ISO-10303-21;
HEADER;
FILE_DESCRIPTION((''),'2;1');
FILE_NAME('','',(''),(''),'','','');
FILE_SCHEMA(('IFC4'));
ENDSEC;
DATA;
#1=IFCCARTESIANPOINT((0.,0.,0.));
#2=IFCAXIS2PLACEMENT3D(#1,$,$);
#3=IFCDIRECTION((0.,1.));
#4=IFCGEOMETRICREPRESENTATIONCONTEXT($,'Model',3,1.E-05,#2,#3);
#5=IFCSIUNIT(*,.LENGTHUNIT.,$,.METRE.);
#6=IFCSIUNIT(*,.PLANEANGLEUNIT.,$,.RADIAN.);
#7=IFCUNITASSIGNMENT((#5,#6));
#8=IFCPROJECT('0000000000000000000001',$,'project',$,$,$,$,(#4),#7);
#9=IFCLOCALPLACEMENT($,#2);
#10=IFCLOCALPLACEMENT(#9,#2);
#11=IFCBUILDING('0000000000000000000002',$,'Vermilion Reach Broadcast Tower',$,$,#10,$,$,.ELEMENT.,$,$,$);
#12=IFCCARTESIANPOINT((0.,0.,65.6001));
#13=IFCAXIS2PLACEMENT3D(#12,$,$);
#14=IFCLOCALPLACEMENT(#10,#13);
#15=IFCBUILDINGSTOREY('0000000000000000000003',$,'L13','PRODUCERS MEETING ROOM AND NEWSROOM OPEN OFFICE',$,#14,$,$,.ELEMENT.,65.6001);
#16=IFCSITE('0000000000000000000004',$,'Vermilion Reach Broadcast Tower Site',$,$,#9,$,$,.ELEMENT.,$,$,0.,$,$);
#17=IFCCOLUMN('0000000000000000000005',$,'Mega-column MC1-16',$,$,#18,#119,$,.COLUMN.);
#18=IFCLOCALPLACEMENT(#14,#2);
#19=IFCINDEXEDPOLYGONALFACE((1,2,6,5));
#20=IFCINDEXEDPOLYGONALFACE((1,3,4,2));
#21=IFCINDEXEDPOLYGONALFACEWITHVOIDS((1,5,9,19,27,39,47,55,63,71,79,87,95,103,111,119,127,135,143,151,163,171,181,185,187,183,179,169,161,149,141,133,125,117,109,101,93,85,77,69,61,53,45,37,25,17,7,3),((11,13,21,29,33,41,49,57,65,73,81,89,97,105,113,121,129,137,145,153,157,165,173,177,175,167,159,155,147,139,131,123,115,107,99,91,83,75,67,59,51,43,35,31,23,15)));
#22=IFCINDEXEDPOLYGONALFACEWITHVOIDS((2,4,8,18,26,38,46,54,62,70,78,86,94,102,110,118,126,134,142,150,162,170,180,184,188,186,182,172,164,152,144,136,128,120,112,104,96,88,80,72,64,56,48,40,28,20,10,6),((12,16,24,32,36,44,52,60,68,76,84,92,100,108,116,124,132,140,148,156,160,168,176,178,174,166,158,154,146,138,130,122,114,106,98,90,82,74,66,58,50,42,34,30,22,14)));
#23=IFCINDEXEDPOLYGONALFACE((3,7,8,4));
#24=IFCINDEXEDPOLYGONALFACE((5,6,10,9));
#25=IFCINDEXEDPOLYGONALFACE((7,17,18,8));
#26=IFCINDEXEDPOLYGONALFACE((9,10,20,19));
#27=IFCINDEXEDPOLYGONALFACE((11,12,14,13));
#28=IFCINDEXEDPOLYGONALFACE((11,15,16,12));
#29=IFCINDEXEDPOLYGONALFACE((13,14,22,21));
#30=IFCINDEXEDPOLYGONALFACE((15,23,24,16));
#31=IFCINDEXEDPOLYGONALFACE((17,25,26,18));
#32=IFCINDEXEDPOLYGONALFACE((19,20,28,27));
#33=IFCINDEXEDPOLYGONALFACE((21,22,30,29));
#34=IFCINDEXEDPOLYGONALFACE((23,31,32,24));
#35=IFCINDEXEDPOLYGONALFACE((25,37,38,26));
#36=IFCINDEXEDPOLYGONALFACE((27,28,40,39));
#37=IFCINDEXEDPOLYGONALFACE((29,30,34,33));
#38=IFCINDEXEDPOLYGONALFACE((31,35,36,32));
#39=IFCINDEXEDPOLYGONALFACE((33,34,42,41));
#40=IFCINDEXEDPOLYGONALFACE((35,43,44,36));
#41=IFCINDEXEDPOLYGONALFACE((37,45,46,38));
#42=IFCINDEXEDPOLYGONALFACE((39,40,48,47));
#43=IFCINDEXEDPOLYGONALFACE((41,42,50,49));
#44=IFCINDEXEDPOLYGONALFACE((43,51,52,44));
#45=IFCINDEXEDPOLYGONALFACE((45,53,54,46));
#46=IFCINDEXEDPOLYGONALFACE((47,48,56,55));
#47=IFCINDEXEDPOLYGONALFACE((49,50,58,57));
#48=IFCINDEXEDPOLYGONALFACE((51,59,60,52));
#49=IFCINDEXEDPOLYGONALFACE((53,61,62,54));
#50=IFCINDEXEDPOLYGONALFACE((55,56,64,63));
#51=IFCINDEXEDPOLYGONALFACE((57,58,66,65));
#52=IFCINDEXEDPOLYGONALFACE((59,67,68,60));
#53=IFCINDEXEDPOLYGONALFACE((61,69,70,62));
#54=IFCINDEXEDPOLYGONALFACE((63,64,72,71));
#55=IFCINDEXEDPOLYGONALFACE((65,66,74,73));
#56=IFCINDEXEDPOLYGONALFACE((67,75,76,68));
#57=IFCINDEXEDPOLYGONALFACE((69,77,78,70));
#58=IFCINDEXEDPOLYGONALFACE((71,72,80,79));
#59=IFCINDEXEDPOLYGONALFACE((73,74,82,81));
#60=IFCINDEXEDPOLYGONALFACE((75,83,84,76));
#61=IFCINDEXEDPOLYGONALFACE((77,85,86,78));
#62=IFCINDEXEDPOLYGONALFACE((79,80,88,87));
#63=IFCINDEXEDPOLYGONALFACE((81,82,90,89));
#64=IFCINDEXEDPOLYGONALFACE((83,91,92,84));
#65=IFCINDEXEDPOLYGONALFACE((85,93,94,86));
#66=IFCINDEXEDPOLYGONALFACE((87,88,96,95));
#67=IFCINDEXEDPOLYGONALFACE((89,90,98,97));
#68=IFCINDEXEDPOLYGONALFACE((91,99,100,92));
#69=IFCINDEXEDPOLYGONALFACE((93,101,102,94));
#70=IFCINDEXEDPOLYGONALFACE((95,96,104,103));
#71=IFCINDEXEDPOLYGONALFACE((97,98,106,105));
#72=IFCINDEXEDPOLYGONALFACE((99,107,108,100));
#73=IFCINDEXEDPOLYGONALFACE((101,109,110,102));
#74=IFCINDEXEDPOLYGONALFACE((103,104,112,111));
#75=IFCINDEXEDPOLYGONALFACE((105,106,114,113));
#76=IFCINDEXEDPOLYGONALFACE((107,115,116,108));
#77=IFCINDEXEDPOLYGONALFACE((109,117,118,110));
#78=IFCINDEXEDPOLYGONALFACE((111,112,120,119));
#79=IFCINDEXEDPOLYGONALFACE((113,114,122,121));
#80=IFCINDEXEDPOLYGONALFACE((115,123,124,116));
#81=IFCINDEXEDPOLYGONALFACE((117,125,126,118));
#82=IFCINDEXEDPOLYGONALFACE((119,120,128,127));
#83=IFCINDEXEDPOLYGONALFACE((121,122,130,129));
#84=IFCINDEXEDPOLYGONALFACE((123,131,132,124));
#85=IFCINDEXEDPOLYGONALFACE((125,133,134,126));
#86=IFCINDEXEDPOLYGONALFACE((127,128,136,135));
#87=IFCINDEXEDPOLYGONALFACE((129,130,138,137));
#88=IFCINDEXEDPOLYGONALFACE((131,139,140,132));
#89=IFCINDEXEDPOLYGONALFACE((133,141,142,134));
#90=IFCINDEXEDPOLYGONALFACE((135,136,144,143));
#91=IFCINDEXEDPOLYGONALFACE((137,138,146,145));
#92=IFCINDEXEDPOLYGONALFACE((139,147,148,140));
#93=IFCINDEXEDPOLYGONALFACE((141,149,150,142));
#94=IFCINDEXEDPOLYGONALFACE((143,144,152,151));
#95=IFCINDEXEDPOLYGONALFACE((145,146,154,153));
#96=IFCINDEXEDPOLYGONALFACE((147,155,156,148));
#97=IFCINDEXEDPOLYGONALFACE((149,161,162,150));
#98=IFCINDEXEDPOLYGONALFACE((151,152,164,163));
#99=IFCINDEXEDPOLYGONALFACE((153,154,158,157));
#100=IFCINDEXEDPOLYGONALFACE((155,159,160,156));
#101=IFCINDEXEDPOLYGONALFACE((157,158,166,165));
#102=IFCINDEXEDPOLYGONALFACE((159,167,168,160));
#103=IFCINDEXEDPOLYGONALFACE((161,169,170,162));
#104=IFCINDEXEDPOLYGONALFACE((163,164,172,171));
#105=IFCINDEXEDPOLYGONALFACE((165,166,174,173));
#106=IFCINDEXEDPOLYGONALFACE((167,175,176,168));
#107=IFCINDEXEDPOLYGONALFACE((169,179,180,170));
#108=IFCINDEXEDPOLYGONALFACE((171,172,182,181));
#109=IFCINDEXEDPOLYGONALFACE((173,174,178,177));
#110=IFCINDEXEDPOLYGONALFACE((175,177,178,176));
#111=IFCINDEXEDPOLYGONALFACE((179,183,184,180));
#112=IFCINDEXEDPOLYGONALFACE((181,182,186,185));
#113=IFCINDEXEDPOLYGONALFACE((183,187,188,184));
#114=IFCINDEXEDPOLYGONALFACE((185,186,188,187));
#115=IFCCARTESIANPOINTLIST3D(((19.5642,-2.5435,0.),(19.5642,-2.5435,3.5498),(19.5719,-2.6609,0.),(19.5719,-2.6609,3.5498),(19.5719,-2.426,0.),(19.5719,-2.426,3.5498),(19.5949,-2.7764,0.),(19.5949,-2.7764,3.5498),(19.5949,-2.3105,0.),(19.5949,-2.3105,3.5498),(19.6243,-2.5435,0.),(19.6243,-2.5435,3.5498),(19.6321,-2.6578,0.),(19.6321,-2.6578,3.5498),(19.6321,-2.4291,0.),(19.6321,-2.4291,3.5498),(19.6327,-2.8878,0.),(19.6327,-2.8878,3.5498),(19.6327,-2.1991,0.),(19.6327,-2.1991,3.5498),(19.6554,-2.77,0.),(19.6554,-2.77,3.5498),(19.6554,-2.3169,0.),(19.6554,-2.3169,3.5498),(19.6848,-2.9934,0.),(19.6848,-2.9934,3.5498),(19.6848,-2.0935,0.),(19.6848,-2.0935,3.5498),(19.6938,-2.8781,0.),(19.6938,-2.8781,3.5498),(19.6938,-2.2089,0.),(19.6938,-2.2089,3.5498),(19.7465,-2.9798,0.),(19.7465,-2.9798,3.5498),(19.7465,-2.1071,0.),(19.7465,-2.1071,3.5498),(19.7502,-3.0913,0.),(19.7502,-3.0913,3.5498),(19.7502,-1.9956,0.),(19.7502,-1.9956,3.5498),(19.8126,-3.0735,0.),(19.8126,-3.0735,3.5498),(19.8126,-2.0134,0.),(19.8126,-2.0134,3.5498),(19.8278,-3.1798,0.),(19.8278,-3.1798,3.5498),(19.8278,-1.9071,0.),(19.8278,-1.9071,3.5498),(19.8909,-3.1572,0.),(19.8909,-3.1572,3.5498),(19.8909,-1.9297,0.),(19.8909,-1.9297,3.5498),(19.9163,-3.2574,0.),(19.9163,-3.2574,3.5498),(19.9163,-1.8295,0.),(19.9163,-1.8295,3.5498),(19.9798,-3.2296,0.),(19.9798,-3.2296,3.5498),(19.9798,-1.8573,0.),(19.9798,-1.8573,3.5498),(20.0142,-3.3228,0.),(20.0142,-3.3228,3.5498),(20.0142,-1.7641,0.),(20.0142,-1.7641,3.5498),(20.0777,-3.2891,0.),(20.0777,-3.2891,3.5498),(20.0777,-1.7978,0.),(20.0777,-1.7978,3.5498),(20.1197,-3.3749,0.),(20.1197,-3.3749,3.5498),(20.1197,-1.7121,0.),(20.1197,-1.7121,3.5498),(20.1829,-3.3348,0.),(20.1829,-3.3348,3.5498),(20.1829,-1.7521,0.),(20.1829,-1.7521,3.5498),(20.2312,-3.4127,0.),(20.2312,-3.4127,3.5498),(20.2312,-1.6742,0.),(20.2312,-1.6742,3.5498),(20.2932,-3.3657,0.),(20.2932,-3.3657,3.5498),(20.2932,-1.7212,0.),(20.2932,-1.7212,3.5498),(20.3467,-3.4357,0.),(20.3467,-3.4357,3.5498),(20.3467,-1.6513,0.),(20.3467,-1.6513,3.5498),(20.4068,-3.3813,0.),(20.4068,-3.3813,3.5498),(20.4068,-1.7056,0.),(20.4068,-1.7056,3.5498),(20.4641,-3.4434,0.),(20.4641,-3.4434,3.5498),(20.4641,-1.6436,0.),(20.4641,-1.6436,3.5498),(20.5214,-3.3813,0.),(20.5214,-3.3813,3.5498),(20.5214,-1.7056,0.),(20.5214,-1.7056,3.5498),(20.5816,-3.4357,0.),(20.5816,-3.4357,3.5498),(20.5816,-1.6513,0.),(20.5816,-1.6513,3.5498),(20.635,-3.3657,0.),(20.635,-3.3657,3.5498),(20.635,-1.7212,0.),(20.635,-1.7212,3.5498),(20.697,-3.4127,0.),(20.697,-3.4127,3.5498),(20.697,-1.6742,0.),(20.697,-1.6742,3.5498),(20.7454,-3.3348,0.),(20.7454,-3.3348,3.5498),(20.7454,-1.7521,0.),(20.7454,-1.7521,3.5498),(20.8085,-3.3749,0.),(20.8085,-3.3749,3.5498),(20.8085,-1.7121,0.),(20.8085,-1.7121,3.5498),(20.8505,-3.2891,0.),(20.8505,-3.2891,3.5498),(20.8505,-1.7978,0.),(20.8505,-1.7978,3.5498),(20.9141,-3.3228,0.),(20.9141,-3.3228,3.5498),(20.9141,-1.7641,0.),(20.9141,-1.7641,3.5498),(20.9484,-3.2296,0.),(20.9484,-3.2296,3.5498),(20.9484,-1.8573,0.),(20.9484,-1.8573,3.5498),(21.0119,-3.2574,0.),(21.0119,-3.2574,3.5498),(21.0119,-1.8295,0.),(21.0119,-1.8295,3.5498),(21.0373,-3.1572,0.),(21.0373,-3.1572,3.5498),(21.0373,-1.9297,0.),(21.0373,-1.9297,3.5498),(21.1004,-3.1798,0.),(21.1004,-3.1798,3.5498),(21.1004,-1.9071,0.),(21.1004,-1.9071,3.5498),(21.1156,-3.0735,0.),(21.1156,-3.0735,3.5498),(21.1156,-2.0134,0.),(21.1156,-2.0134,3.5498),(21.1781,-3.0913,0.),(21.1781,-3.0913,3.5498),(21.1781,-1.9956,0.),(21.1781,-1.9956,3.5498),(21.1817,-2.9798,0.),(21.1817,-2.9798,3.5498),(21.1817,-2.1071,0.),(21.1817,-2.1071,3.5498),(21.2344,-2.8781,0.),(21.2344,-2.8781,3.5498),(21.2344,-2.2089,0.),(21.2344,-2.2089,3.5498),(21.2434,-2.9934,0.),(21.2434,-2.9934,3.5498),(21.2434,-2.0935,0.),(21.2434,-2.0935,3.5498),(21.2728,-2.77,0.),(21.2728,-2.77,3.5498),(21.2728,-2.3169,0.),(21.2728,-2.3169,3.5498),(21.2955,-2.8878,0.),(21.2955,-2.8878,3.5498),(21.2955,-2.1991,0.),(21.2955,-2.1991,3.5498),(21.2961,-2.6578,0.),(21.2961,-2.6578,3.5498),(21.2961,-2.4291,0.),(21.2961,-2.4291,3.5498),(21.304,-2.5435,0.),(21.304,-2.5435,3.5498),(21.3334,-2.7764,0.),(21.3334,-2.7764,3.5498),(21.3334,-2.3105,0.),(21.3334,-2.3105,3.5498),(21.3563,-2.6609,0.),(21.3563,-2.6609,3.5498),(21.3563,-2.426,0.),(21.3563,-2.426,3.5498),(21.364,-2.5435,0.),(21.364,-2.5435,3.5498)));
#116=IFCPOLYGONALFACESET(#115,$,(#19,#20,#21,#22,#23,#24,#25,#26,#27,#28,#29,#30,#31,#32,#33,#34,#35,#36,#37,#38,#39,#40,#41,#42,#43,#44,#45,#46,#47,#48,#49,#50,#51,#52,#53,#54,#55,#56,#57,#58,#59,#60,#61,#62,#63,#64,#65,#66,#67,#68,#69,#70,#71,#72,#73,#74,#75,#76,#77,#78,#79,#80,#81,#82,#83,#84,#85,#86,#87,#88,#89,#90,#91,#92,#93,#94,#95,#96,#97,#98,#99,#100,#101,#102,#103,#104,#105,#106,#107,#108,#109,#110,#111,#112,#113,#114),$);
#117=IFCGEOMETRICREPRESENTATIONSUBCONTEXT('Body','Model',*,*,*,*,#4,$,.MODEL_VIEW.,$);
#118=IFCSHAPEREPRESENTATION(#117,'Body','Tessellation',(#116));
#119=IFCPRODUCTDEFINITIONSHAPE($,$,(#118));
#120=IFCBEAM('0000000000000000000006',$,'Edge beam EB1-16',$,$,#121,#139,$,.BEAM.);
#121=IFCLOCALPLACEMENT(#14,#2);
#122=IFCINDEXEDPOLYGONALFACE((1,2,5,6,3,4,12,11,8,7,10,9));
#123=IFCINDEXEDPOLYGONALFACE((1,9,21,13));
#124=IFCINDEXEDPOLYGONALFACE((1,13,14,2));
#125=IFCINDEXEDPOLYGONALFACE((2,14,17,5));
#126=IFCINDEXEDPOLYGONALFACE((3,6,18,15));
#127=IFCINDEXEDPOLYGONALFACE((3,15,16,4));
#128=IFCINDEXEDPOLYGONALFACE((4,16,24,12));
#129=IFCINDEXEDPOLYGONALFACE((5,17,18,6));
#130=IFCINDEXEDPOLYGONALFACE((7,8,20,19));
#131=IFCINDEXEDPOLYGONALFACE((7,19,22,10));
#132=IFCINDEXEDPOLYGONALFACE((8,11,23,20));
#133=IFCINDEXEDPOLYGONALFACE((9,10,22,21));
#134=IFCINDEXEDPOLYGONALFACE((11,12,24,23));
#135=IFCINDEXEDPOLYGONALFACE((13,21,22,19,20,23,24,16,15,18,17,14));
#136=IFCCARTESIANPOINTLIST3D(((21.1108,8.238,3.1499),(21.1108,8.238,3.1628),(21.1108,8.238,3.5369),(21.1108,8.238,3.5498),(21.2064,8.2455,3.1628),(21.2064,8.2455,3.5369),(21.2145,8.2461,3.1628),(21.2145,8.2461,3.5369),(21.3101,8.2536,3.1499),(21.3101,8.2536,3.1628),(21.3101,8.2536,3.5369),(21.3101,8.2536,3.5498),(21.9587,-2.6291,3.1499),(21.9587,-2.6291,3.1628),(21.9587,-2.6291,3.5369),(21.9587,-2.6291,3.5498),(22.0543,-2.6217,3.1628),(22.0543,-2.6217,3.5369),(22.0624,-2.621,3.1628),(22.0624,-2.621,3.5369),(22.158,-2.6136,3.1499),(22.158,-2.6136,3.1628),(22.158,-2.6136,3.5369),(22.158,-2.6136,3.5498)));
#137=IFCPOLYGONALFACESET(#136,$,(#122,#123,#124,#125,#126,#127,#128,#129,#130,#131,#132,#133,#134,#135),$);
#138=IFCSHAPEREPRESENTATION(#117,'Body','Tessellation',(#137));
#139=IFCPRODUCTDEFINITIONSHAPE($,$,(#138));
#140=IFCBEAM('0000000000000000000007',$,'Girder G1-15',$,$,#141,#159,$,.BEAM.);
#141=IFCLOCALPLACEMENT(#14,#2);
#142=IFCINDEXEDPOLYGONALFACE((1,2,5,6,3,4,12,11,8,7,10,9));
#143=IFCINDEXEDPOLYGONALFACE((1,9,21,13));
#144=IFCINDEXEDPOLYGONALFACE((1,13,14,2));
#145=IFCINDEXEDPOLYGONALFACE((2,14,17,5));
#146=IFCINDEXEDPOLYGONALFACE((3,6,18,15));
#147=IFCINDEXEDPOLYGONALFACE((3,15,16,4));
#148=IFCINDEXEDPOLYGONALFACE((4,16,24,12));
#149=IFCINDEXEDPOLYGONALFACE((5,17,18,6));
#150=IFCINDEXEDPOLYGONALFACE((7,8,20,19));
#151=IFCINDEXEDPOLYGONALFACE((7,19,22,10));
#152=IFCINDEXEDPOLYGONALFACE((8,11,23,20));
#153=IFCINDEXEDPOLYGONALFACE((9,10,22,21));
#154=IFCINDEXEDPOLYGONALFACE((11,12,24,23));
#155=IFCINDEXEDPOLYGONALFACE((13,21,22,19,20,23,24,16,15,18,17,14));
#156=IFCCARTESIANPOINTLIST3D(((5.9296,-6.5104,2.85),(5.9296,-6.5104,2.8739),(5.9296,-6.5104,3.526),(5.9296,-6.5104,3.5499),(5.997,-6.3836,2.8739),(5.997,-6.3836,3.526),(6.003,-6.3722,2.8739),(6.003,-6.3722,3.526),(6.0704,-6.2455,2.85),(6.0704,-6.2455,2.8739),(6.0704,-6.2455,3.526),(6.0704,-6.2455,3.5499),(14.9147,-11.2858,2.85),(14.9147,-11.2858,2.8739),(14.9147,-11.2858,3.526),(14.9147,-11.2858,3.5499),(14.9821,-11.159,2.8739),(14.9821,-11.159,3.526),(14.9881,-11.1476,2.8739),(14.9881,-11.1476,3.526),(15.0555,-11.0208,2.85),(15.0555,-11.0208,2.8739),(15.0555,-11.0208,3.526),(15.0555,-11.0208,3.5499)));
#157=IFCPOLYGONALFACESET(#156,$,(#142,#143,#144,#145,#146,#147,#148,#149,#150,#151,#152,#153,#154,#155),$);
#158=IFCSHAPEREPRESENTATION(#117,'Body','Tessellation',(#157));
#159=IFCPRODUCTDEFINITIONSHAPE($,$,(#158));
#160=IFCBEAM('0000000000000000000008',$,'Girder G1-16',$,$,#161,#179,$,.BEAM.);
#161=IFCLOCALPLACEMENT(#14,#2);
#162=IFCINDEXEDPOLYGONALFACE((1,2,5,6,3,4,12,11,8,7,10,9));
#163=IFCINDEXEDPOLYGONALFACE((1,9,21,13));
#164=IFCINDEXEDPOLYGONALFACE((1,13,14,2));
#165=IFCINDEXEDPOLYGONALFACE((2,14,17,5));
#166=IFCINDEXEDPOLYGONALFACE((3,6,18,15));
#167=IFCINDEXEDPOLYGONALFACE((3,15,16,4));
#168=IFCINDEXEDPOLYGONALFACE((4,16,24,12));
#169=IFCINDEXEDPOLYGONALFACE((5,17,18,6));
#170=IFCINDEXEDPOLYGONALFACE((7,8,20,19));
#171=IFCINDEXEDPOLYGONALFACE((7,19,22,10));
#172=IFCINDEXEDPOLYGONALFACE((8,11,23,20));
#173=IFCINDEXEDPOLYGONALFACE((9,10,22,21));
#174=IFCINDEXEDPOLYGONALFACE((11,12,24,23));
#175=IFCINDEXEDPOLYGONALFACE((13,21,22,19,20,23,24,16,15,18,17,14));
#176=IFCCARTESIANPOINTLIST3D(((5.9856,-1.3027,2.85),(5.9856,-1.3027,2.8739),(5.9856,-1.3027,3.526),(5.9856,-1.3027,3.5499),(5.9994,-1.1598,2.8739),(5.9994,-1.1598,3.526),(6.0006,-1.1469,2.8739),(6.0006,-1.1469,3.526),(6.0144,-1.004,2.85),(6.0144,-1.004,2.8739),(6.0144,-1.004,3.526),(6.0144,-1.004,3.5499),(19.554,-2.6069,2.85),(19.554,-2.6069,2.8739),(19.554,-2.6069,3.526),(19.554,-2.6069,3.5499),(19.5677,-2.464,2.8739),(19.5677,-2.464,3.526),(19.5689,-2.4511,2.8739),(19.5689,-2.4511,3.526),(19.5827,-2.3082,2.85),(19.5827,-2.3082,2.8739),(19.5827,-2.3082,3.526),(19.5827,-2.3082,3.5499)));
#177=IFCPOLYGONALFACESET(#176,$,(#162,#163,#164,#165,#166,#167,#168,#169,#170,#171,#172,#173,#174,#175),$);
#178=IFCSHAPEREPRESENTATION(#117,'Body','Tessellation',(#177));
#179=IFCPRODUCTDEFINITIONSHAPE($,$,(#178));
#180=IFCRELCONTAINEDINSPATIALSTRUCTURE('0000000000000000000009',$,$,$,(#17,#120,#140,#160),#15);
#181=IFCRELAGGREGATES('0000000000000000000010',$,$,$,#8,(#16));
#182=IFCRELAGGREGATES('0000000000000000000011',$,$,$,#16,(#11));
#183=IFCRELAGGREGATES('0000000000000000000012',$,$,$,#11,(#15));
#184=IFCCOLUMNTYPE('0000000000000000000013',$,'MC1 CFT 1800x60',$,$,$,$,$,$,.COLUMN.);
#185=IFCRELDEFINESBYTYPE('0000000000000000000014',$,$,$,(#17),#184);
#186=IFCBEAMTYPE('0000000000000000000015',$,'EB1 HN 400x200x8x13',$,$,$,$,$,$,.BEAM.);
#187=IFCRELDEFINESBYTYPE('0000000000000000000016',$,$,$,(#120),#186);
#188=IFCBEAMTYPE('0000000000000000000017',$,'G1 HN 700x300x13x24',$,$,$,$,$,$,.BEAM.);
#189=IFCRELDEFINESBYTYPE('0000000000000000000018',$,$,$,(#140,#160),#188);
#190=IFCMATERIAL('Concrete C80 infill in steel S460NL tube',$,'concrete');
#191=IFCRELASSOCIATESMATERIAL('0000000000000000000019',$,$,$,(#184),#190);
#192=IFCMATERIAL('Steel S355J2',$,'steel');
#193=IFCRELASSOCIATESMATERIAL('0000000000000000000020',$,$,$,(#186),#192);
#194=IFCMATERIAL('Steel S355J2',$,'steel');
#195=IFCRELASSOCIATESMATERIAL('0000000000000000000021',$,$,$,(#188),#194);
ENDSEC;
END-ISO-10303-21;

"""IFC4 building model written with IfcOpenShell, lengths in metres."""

from ifc_helpers import new_model, si_unit, direction, frame, origin, origin_2d, place, context, subcontext, project, spatial, hollow_circle, i_section, extrude, material, material_profile, profile_set, type_object, element, save


model = new_model("IFC4")

# Units and contexts
model_context = context("Model", 3, precision=1e-05, world=origin(), true_north=direction((0.0, 1.0)))
body_context = subcontext(model_context, "Body", "Model", "MODEL_VIEW")
ifc_project = project(units=[si_unit("LENGTHUNIT", "METRE"), si_unit("PLANEANGLEUNIT", "RADIAN")], contexts=[model_context])

# Site, building, storey
site_placement = place(None, origin())
site = spatial("IfcSite", under=ifc_project, at=site_placement, Name="Vermilion Reach Broadcast Tower Site", CompositionType="ELEMENT", RefElevation=0.0)
building_placement = place(site_placement, origin())
building = spatial("IfcBuilding", under=site, at=building_placement, Name="Vermilion Reach Broadcast Tower", CompositionType="ELEMENT")
storey_placement = place(building_placement, frame((0.0, 0.0, 65.6001)))
storey = spatial("IfcBuildingStorey", under=building, at=storey_placement, Name="L13", Description="PRODUCERS MEETING ROOM AND NEWSROOM OPEN OFFICE", CompositionType="ELEMENT", Elevation=65.6001)

# Column
ifc_material_1 = material(Name="Concrete C80 infill in steel S460NL tube", Category="concrete")
ifc_material_profile_1 = material_profile(ifc_material_1, hollow_circle(Radius=0.8999, WallThickness=0.0601, at=origin_2d()), Name="Concrete C80 infill in steel S460NL tube CFT 1800x60")
ifc_profile_set_1 = profile_set([ifc_material_profile_1], Name="Concrete C80 infill in steel S460NL tube")
column_type = type_object("IfcColumnType", Name="MC1 CFT 1800x60", PredefinedType="COLUMN", material=ifc_profile_set_1)
column_placement = place(storey_placement, frame((20.4641, -2.5435, 0.0), z_axis=(0.0, 0.0, 1.0), x_axis=(1.0, 0.0, 0.0)))
element("IfcColumn", 1, at=column_placement, inside=storey, type_object=column_type, Name="Mega-column MC1-16", PredefinedType="COLUMN", context=body_context, shape_type="SweptSolid", body=[
    extrude(hollow_circle(Radius=0.8999, WallThickness=0.0601, at=origin_2d()), origin(), (0.0, 0.0, 1.0), 3.5498),
])

# Beams
ifc_material_2 = material(Name="Steel S355J2", Category="steel")
ifc_material_profile_2 = material_profile(ifc_material_2, i_section(OverallWidth=0.2, OverallDepth=0.3999, WebThickness=0.0081, FlangeThickness=0.0129, at=origin_2d()), Name="S355J2 HN 400x200x8x13")
ifc_profile_set_2 = profile_set([ifc_material_profile_2], Name="Steel S355J2")
beam_type_1 = type_object("IfcBeamType", Name="EB1 HN 400x200x8x13", PredefinedType="BEAM", material=ifc_profile_set_2)
beam_1_placement = place(storey_placement, frame((22.0583, -2.6213, 3.3499), z_axis=(-0.077787, 0.99697, 0.0), x_axis=(-0.99697, -0.077787, 0.0)))
element("IfcBeam", 2, at=beam_1_placement, inside=storey, type_object=beam_type_1, Name="Edge beam EB1-16", PredefinedType="BEAM", context=body_context, shape_type="SweptSolid", body=[
    extrude(i_section(OverallWidth=0.2, OverallDepth=0.3999, WebThickness=0.0081, FlangeThickness=0.0129, at=origin_2d()), origin(), (0.0, 0.0, 1.0), 10.9001),
])
ifc_material_3 = material(Name="Steel S355J2", Category="steel")
ifc_material_profile_3 = material_profile(ifc_material_3, i_section(OverallWidth=0.3, OverallDepth=0.7, WebThickness=0.0129, FlangeThickness=0.0239, at=origin_2d()), Name="S355J2 HN 700x300x13x24")
ifc_profile_set_3 = profile_set([ifc_material_profile_3], Name="Steel S355J2")
beam_type_2 = type_object("IfcBeamType", Name="G1 HN 700x300x13x24", PredefinedType="BEAM", material=ifc_profile_set_3)
beam_2_placement = place(storey_placement, frame((6.0, -6.3779, 3.2), z_axis=(0.883032, -0.469313, 0.0), x_axis=(0.469313, 0.883032, 0.0)))
element("IfcBeam", 3, at=beam_2_placement, inside=storey, type_object=beam_type_2, Name="Girder G1-15", PredefinedType="BEAM", context=body_context, shape_type="SweptSolid", body=[
    extrude(i_section(OverallWidth=0.3, OverallDepth=0.7, WebThickness=0.0129, FlangeThickness=0.0239, at=origin_2d()), origin(), (0.0, 0.0, 1.0), 10.1753),
])
beam_3_placement = place(storey_placement, frame((6.0, -1.1533, 3.2), z_axis=(0.995412, -0.09568, 0.0), x_axis=(0.09568, 0.995412, 0.0)))
element("IfcBeam", 4, at=beam_3_placement, inside=storey, type_object=beam_type_2, Name="Girder G1-16", PredefinedType="BEAM", context=body_context, shape_type="SweptSolid", body=[
    extrude(i_section(OverallWidth=0.3, OverallDepth=0.7, WebThickness=0.0129, FlangeThickness=0.0239, at=origin_2d()), origin(), (0.0, 0.0, 1.0), 13.6309),
])

save(model, "model.ifc")
